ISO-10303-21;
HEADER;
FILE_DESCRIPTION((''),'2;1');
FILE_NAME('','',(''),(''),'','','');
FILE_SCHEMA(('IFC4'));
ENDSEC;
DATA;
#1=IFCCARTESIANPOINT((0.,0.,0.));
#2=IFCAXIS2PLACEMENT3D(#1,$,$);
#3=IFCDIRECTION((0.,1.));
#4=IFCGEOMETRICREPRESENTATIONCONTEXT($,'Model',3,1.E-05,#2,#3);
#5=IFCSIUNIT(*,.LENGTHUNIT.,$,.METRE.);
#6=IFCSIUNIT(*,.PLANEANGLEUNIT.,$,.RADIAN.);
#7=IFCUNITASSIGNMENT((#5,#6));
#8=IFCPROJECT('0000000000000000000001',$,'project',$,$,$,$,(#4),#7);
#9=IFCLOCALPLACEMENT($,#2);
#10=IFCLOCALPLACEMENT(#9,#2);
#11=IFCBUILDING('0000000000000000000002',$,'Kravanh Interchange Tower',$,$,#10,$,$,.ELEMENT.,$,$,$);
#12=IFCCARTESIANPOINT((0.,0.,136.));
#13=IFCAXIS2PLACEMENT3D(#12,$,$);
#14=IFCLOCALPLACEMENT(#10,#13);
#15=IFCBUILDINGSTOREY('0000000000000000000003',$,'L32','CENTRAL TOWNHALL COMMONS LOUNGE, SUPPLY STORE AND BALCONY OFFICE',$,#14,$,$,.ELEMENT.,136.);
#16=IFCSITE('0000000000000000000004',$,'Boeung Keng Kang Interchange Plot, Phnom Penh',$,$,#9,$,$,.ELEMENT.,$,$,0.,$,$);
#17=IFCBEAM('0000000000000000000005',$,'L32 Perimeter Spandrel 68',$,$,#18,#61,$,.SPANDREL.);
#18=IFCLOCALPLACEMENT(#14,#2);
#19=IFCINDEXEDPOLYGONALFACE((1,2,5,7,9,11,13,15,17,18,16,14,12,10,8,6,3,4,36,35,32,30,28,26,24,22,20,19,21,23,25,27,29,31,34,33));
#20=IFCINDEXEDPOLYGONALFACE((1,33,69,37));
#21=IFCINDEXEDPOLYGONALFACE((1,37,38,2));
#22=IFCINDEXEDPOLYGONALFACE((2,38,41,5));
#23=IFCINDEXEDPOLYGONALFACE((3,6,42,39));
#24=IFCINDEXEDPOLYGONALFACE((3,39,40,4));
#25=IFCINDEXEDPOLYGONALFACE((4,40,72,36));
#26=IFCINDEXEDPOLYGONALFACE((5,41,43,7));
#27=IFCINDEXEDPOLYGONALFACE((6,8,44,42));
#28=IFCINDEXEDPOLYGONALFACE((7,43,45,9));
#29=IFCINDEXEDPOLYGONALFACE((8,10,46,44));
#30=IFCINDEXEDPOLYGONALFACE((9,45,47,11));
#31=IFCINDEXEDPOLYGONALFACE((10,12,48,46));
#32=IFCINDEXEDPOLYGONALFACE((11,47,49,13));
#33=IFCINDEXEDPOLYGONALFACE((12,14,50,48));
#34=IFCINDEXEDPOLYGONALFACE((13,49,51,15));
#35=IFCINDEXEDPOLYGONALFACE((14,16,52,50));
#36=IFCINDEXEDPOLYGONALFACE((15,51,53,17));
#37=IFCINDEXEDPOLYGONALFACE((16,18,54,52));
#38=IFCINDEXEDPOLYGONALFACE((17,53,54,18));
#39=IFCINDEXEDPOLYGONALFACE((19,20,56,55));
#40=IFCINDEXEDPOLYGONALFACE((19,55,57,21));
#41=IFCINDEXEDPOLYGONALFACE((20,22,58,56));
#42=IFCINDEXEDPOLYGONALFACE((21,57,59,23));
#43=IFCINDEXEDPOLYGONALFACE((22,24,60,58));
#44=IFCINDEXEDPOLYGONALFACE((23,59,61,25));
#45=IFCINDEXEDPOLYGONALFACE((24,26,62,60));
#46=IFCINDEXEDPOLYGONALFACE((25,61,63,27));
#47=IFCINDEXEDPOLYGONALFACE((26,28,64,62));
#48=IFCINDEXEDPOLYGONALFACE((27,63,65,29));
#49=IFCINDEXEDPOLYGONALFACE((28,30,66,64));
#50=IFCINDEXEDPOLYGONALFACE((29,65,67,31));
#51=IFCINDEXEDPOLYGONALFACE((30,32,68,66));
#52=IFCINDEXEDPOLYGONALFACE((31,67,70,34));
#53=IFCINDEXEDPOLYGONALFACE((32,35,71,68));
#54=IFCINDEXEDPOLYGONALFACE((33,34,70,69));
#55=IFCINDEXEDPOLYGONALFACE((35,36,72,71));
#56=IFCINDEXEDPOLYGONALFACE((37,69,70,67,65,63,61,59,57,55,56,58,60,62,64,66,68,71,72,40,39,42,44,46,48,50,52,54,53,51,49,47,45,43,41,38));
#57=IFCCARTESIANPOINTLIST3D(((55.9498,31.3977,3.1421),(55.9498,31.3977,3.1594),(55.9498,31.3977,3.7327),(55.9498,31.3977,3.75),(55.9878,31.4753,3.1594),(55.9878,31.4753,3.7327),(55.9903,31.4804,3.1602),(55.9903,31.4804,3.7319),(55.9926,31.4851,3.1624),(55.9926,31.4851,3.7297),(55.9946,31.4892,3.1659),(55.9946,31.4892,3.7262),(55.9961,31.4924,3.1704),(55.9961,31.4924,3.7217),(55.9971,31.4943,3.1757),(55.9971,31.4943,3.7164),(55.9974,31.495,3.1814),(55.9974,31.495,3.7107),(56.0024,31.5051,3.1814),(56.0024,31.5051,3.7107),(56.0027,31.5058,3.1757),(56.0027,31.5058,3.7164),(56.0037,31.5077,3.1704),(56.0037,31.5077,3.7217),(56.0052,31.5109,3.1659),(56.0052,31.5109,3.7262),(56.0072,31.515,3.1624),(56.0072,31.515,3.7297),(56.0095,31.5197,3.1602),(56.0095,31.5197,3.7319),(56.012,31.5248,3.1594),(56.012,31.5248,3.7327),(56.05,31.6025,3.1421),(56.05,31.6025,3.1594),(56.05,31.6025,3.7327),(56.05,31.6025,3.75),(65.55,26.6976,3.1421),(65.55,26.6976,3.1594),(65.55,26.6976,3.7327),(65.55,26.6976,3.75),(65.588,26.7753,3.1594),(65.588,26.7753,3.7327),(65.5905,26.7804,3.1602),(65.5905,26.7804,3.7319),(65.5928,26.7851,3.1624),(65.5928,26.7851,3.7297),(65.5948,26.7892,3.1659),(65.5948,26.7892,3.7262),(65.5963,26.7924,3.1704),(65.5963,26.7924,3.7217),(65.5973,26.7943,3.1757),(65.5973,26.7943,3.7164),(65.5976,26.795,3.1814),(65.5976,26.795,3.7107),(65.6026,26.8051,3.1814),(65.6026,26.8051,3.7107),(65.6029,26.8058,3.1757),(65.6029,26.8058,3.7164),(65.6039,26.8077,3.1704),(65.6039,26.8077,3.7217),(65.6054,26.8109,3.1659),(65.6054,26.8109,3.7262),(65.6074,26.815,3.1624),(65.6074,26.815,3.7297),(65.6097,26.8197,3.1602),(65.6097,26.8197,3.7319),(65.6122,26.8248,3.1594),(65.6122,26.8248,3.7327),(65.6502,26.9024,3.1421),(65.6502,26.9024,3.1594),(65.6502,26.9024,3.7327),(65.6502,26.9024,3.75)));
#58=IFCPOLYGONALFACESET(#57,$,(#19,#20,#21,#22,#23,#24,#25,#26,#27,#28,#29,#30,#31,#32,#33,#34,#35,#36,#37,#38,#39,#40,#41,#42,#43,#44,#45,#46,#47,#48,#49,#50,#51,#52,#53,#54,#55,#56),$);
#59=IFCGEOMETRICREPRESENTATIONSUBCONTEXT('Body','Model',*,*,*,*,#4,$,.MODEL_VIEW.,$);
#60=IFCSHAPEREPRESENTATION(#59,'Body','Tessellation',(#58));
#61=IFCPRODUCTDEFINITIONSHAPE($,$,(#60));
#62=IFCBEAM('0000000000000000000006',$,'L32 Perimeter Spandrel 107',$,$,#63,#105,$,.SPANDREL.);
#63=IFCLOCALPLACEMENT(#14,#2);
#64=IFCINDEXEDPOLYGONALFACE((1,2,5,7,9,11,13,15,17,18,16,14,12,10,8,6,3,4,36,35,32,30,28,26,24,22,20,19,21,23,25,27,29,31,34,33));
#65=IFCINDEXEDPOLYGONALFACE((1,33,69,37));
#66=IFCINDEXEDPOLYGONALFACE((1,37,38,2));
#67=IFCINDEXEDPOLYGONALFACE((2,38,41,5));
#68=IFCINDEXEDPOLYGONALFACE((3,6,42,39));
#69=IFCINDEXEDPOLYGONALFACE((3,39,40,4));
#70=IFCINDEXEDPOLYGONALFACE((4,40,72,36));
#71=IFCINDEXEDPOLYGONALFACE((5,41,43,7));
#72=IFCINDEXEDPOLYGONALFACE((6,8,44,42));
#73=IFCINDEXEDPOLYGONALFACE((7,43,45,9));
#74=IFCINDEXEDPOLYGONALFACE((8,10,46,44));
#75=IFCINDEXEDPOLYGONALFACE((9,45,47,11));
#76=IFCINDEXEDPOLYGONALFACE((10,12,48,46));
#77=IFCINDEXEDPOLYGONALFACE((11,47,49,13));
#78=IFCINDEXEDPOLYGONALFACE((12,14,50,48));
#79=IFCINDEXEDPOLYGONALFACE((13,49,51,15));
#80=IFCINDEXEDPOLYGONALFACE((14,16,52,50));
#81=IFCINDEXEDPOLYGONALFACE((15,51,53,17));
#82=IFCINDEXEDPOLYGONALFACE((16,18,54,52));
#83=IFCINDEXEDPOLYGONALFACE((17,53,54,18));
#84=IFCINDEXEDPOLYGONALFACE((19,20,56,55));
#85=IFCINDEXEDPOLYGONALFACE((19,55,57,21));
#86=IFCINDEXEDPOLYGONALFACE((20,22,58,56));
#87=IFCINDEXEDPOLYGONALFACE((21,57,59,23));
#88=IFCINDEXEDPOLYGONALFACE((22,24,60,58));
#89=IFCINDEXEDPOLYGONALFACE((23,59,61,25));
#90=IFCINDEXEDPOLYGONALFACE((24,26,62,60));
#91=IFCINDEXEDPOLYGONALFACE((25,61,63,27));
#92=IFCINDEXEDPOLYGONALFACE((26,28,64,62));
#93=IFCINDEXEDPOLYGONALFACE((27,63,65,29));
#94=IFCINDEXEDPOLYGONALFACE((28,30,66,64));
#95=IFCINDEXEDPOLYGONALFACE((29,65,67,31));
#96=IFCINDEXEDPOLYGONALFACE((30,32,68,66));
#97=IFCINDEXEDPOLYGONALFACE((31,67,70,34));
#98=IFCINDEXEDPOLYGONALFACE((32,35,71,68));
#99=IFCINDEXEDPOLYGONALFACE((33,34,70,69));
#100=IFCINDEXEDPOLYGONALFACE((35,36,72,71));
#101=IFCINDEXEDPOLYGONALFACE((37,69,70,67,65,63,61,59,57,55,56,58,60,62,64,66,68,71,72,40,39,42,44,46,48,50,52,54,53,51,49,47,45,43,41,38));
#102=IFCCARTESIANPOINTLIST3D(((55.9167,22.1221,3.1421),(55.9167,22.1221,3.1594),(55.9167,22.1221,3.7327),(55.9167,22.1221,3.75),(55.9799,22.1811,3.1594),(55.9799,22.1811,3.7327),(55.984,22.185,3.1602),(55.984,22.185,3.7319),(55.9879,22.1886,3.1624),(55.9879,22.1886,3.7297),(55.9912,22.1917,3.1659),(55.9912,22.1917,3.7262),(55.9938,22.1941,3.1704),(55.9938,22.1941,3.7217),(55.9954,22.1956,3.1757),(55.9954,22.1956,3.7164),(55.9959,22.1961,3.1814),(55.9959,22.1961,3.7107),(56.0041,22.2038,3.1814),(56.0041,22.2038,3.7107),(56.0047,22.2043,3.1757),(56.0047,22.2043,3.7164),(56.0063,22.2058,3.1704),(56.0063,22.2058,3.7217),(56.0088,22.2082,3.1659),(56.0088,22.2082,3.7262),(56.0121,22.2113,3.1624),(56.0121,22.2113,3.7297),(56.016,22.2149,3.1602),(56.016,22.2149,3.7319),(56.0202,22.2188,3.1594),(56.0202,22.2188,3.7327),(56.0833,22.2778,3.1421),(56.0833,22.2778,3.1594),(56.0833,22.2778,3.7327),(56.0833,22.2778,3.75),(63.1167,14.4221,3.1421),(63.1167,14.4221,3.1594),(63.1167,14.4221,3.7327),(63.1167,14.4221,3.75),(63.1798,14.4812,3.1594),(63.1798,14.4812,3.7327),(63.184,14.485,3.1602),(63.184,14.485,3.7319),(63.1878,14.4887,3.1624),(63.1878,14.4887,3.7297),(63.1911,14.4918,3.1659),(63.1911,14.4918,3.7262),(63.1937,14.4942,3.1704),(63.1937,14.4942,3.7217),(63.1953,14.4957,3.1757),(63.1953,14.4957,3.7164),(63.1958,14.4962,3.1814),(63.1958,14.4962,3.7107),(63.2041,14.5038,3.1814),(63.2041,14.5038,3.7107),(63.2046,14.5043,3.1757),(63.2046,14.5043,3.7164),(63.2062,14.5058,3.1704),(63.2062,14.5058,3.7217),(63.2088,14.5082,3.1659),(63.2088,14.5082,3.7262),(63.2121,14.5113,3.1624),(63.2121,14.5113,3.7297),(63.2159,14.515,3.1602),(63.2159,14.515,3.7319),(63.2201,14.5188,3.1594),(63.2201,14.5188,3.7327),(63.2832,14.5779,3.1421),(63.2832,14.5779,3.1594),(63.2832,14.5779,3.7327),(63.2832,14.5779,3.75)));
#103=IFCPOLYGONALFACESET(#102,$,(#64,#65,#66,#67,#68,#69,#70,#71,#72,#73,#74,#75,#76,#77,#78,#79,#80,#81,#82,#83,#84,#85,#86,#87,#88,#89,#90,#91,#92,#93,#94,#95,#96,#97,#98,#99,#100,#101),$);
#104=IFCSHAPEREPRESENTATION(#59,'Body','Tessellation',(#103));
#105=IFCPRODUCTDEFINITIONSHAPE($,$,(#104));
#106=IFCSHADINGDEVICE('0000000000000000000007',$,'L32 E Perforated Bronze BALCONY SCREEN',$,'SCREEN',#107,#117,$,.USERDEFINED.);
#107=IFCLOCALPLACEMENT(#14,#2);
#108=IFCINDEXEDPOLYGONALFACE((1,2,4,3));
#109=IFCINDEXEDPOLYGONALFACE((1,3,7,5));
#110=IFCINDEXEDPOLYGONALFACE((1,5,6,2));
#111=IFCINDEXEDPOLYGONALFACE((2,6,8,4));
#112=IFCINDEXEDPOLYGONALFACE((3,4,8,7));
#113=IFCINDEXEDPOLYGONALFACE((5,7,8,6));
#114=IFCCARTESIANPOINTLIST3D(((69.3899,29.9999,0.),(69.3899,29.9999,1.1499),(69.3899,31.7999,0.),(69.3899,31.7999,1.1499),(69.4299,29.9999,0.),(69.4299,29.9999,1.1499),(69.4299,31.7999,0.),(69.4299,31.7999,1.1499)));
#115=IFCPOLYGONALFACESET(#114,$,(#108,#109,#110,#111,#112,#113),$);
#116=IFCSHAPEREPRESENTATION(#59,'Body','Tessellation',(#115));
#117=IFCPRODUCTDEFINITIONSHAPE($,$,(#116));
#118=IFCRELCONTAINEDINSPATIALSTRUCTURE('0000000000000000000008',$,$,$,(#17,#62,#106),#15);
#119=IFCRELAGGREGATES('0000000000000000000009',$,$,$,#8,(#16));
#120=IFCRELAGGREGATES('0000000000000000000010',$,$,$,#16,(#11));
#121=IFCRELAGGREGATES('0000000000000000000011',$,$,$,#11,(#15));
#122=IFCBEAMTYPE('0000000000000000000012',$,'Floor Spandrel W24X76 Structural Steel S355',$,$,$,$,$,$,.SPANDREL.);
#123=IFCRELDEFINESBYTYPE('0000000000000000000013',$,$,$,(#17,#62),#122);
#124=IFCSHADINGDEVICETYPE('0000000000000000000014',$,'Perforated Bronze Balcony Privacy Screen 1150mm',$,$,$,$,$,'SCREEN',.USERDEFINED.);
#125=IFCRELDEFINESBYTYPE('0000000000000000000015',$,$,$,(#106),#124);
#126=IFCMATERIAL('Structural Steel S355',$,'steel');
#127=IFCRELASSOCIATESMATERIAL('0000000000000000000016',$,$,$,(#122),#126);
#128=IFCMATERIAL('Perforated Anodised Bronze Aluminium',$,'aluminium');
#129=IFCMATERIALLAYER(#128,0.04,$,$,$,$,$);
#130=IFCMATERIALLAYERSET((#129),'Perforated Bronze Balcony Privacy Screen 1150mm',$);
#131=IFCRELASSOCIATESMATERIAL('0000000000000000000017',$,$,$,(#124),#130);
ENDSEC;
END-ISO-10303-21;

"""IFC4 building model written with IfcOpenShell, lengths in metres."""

from ifc_helpers import new_model, si_unit, direction, frame, origin, origin_2d, place, context, subcontext, project, spatial, rectangle, i_section, extrude, material, layer, layer_set, material_profile, profile_set, type_object, element, save


model = new_model("IFC4")

# Units and contexts
model_context = context("Model", 3, precision=1e-05, world=origin(), true_north=direction((0.0, 1.0)))
body_context = subcontext(model_context, "Body", "Model", "MODEL_VIEW")
ifc_project = project(units=[si_unit("LENGTHUNIT", "METRE"), si_unit("PLANEANGLEUNIT", "RADIAN")], contexts=[model_context])

# Site, building, storey
site_placement = place(None, origin())
site = spatial("IfcSite", under=ifc_project, at=site_placement, Name="Boeung Keng Kang Interchange Plot, Phnom Penh", CompositionType="ELEMENT", RefElevation=0.0)
building_placement = place(site_placement, origin())
building = spatial("IfcBuilding", under=site, at=building_placement, Name="Kravanh Interchange Tower", CompositionType="ELEMENT")
storey_placement = place(building_placement, frame((0.0, 0.0, 136.0)))
storey = spatial("IfcBuildingStorey", under=building, at=storey_placement, Name="L32", Description="CENTRAL TOWNHALL COMMONS LOUNGE, SUPPLY STORE AND BALCONY OFFICE", CompositionType="ELEMENT", Elevation=136.0)

# Beams
ifc_material_1 = material(Name="Structural Steel S355", Category="steel")
ifc_material_profile_1 = material_profile(ifc_material_1, i_section(OverallWidth=0.228, OverallDepth=0.6079, WebThickness=0.0112, FlangeThickness=0.0173, FilletRadius=0.022, at=origin_2d()), Name="W24X76")
ifc_profile_set_1 = profile_set([ifc_material_profile_1], Name="Structural Steel S355")
beam_type_1 = type_object("IfcBeamType", Name="Floor Spandrel W24X76 Structural Steel S355", PredefinedType="SPANDREL", material=ifc_profile_set_1)
beam_1_placement = place(storey_placement, frame((65.6001, 26.8, 3.446), z_axis=(-0.898142, 0.439706, 0.0), x_axis=(-0.439706, -0.898142, 0.0)))
element("IfcBeam", 1, at=beam_1_placement, inside=storey, type_object=beam_type_1, Name="L32 Perimeter Spandrel 68", PredefinedType="SPANDREL", context=body_context, shape_type="SweptSolid", body=[
    extrude(i_section(OverallWidth=0.228, OverallDepth=0.6079, WebThickness=0.0112, FlangeThickness=0.0173, FilletRadius=0.022, at=origin_2d()), origin(), (0.0, 0.0, 1.0), 10.689),
])
beam_2_placement = place(storey_placement, frame((63.2, 14.5, 3.446), z_axis=(-0.682994, 0.730424, 0.0), x_axis=(-0.730424, -0.682994, 0.0)))
element("IfcBeam", 2, at=beam_2_placement, inside=storey, type_object=beam_type_1, Name="L32 Perimeter Spandrel 107", PredefinedType="SPANDREL", context=body_context, shape_type="SweptSolid", body=[
    extrude(i_section(OverallWidth=0.228, OverallDepth=0.6079, WebThickness=0.0112, FlangeThickness=0.0173, FilletRadius=0.022, at=origin_2d()), origin(), (0.0, 0.0, 1.0), 10.5417),
])

# Shading device
ifc_material_2 = material(Name="Perforated Anodised Bronze Aluminium", Category="aluminium")
ifc_layer_1 = layer(ifc_material_2, 0.04)
ifc_layer_set_1 = layer_set([ifc_layer_1], Name="Perforated Bronze Balcony Privacy Screen 1150mm")
shading_device_type = type_object("IfcShadingDeviceType", Name="Perforated Bronze Balcony Privacy Screen 1150mm", ElementType="SCREEN", PredefinedType="USERDEFINED", material=ifc_layer_set_1)
shading_device_placement = place(storey_placement, frame((69.4099, 30.8999, 0.0), z_axis=(0.0, 0.0, 1.0), x_axis=(1.0, 0.0, 0.0)))
element("IfcShadingDevice", 3, at=shading_device_placement, inside=storey, type_object=shading_device_type, Name="L32 E Perforated Bronze BALCONY SCREEN", ObjectType="SCREEN", PredefinedType="USERDEFINED", context=body_context, shape_type="SweptSolid", body=[
    extrude(rectangle(XDim=0.04, YDim=1.8, at=origin_2d()), origin(), (0.0, 0.0, 1.0), 1.1499),
])

save(model, "model.ifc")
